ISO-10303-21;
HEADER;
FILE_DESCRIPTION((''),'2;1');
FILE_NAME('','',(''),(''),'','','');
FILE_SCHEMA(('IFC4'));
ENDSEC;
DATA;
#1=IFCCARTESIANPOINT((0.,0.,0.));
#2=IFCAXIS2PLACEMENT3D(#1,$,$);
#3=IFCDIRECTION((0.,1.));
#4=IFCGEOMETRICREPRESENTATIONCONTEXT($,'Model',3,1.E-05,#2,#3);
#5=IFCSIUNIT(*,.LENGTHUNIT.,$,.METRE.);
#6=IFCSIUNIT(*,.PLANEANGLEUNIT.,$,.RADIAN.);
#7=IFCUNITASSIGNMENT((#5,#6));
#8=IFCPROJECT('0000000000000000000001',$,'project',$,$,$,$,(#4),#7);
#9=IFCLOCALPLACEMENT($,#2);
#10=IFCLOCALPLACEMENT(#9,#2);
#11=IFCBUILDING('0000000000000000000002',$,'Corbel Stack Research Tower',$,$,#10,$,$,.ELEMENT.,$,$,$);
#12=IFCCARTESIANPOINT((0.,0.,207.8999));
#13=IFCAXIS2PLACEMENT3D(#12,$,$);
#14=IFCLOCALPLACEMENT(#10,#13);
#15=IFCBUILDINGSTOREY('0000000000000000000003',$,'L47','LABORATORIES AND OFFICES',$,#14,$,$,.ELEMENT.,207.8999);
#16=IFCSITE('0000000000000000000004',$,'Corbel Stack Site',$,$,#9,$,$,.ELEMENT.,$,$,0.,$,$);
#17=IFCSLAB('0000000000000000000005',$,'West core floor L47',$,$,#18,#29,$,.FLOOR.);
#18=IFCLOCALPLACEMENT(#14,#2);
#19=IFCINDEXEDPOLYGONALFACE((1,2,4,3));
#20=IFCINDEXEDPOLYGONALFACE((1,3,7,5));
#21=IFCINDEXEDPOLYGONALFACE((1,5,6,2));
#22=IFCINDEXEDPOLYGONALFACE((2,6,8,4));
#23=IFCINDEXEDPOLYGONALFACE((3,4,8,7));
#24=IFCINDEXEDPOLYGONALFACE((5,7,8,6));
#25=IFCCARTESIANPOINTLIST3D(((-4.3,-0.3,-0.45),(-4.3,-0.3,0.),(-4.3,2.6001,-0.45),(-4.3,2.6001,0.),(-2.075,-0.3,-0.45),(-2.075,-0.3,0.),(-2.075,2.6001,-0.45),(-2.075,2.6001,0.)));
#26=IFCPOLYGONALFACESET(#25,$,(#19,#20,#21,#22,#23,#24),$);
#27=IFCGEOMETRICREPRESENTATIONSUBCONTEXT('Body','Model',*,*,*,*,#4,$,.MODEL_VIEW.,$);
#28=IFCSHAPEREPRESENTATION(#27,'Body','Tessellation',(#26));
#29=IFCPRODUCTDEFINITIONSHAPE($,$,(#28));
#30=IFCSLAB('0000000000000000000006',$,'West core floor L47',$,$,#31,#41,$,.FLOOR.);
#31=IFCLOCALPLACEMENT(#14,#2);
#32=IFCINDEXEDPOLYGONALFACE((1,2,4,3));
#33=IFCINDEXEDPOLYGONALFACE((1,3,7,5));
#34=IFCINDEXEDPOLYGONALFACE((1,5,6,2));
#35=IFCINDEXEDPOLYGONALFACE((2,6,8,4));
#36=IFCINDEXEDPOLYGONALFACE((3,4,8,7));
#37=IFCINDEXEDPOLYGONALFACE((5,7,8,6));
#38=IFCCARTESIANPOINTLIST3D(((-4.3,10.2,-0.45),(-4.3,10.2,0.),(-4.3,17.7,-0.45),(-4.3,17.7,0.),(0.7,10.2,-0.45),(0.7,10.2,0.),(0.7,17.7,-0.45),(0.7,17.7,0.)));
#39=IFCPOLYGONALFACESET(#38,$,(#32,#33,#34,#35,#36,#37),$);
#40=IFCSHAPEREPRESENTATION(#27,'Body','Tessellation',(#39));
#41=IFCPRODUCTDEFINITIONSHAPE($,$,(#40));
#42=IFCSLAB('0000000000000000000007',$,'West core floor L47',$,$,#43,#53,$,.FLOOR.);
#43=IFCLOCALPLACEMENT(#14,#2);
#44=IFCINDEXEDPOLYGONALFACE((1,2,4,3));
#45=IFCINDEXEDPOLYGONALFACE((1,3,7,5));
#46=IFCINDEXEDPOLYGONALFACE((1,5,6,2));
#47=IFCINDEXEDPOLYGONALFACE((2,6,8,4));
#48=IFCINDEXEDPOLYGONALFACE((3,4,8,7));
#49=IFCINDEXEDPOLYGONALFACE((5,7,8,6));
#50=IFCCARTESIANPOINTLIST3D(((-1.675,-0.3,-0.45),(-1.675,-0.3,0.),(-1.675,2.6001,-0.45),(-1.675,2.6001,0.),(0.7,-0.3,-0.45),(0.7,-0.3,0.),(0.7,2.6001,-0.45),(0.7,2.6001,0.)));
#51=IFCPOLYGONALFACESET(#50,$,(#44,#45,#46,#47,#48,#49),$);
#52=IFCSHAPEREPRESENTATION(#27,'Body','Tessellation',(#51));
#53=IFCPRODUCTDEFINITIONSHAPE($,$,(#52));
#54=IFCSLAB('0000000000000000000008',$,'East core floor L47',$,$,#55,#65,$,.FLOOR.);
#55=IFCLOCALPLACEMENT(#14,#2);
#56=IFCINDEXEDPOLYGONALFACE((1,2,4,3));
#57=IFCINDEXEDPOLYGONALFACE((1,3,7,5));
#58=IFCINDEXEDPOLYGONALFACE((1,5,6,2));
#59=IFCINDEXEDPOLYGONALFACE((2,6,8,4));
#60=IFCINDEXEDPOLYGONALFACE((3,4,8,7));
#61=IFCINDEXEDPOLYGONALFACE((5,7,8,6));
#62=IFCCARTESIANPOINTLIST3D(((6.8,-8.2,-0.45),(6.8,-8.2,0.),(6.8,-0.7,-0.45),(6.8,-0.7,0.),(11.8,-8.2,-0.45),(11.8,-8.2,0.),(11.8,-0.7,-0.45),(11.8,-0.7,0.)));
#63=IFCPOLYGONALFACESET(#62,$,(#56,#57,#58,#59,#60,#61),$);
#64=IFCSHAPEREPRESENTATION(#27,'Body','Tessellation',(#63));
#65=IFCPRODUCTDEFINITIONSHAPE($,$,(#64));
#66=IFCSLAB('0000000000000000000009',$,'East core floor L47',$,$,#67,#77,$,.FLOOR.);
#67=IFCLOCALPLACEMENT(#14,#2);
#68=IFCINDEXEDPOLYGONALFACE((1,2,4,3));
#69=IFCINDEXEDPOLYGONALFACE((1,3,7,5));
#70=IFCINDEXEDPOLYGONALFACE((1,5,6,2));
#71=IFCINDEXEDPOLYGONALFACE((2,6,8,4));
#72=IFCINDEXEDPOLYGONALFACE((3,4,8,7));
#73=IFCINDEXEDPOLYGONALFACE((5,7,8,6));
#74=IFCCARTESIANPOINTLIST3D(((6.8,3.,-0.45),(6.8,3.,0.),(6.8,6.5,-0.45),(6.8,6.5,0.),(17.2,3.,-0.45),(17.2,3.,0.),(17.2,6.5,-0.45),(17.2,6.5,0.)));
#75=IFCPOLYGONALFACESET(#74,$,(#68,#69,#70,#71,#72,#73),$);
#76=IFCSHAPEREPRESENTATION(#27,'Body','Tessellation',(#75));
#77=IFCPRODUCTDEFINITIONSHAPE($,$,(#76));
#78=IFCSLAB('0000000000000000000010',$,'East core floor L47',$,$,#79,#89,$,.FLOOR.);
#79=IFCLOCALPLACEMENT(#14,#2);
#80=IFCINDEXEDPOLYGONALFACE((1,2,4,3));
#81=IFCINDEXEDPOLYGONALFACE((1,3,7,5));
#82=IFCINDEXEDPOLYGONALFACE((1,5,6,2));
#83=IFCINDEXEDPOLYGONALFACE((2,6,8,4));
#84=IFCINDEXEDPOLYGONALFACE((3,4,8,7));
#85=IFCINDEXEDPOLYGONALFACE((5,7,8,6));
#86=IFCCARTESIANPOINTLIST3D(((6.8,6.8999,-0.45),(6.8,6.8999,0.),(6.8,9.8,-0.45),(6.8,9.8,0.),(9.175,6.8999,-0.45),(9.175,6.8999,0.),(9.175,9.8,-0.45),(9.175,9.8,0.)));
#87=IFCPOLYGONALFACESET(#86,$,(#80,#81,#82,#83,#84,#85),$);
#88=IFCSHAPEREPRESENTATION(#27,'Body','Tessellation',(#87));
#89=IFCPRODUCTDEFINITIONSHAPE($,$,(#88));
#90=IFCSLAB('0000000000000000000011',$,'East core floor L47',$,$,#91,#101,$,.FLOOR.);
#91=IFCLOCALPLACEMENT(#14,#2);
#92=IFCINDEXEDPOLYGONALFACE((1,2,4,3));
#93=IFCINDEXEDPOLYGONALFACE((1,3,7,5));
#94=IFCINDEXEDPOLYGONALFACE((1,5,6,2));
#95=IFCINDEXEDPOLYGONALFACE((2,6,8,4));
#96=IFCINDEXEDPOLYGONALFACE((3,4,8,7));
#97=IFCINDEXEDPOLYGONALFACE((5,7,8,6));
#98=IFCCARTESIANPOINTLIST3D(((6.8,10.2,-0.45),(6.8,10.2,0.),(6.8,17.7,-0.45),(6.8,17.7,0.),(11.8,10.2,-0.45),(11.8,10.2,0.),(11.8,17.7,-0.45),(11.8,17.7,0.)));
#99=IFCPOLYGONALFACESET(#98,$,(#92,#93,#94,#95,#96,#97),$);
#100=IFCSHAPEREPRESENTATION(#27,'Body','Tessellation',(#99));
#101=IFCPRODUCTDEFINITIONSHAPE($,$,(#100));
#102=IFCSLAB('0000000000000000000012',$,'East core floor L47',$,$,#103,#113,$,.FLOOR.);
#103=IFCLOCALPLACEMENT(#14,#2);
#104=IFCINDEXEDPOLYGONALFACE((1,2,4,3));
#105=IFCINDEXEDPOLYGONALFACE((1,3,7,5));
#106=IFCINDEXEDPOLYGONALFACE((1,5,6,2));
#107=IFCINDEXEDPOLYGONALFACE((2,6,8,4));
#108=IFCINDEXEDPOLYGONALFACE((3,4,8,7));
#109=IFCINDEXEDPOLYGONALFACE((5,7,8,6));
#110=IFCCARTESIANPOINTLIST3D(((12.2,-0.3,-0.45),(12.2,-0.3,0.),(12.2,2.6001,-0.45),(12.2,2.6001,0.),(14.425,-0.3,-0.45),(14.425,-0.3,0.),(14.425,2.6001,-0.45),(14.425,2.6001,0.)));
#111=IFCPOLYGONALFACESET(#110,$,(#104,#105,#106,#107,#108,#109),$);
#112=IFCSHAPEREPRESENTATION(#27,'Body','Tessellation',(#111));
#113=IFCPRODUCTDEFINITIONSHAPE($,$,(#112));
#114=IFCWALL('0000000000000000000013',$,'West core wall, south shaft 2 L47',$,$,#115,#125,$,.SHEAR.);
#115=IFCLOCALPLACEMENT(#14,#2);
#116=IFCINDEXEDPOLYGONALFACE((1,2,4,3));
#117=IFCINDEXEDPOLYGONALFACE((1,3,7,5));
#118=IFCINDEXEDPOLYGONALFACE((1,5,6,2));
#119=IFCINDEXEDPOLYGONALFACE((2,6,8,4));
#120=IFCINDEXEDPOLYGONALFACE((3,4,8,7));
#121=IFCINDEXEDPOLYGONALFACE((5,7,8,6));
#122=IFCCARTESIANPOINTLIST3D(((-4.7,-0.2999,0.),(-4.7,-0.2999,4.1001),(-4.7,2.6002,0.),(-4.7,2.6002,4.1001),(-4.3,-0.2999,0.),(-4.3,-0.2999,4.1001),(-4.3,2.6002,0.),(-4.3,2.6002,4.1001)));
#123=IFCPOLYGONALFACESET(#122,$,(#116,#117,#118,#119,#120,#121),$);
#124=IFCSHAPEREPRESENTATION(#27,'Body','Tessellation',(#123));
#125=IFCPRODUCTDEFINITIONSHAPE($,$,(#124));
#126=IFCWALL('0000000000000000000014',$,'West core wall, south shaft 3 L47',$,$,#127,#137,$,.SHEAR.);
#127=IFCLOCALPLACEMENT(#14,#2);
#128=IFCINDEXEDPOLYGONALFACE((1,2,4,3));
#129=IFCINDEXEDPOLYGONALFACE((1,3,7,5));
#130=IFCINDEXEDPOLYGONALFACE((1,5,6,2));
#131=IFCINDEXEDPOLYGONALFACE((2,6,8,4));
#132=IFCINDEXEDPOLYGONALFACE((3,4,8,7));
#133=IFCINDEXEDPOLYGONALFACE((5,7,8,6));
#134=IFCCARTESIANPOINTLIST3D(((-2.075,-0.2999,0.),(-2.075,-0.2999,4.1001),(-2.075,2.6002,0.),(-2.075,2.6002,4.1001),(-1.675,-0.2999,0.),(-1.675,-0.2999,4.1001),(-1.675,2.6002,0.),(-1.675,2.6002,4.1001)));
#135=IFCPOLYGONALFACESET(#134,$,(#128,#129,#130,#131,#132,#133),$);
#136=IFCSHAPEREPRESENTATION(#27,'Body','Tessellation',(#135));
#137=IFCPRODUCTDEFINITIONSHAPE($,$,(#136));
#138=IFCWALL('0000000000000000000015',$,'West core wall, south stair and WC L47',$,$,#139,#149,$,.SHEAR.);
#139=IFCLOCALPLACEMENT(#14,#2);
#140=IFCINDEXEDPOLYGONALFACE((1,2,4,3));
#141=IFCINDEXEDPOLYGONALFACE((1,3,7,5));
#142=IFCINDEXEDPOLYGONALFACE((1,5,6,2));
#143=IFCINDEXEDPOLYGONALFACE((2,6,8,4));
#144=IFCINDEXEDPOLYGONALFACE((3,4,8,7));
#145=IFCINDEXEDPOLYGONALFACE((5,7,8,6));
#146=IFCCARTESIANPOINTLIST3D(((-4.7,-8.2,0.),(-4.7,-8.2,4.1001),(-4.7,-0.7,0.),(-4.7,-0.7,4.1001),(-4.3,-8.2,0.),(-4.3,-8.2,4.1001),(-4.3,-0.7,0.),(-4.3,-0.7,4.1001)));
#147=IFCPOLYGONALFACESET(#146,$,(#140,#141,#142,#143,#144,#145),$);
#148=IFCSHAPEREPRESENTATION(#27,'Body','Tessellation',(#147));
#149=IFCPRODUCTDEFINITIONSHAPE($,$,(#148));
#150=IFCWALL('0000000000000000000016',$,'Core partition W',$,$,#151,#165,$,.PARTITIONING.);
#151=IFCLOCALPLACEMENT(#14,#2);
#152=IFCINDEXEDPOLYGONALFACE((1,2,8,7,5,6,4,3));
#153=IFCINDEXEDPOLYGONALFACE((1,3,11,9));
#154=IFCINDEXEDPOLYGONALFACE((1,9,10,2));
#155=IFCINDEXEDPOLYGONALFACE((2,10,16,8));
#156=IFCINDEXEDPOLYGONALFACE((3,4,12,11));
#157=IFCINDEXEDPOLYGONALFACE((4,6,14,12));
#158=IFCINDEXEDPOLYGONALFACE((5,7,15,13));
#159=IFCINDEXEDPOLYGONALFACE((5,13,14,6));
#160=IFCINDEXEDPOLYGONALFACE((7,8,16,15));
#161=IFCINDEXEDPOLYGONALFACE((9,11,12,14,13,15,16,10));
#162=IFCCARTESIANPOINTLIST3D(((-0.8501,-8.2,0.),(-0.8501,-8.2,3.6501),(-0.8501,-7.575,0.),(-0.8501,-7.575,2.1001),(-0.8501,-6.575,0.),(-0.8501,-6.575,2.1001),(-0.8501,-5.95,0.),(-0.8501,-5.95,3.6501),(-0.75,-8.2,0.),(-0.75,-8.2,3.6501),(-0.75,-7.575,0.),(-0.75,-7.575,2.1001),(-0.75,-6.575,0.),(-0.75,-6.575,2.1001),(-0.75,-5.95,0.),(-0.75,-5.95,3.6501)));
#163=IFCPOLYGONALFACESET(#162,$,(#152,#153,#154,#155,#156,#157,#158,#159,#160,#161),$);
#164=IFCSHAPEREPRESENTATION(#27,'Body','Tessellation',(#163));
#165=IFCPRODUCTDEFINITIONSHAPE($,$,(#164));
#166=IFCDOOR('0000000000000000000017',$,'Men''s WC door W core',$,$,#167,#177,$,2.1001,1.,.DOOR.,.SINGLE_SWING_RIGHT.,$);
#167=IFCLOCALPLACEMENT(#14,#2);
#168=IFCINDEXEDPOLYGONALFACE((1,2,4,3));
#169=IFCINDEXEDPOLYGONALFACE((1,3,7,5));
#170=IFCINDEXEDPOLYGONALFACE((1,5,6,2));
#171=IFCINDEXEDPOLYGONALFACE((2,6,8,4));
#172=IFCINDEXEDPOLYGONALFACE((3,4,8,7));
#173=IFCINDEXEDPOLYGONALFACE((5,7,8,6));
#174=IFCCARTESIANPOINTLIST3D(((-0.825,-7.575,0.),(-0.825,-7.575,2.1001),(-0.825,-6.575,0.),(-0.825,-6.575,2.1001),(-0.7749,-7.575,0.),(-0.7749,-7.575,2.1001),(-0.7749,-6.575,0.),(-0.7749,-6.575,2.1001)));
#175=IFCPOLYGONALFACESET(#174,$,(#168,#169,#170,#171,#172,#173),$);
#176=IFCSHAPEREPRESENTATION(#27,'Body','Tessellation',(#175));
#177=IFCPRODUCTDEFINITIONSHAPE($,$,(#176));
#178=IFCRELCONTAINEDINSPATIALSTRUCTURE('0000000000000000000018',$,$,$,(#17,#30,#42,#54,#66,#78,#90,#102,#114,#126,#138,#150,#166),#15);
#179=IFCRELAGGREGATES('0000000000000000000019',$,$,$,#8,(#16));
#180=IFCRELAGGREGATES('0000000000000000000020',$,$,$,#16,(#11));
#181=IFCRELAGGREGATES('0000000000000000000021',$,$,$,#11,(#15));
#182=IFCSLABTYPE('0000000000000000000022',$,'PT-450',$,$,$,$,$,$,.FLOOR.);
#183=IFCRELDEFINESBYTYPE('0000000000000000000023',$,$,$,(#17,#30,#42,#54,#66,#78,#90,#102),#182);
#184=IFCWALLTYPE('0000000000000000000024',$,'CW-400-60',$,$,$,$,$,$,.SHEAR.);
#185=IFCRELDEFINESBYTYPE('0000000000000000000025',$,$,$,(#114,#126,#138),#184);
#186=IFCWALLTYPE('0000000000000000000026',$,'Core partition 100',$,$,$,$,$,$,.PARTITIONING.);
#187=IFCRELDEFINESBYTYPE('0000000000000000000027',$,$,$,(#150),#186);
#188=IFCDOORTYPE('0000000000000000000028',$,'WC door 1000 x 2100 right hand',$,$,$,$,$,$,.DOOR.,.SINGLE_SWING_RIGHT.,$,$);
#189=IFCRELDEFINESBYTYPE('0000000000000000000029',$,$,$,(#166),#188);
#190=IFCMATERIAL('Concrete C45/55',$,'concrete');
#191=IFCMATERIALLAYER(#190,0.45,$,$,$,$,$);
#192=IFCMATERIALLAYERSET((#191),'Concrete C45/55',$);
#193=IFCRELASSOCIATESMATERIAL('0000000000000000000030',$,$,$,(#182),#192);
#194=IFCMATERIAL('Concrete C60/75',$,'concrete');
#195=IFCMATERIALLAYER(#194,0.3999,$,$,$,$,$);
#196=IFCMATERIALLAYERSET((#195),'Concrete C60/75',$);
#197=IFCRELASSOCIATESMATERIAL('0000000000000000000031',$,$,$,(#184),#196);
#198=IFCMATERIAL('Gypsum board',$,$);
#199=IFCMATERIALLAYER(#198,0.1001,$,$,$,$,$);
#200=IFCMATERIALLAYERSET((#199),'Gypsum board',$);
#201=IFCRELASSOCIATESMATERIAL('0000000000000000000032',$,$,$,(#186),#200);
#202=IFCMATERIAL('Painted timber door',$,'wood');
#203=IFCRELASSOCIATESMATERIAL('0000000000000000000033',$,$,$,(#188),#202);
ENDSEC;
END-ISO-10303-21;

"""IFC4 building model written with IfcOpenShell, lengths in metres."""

from ifc_helpers import new_model, si_unit, direction, frame, frame_2d, origin, place, context, subcontext, project, spatial, polyline, rectangle, outline, extrude, material, layer, layer_set, type_object, element, fill, save


model = new_model("IFC4")

# Units and contexts
model_context = context("Model", 3, precision=1e-05, world=origin(), true_north=direction((0.0, 1.0)))
body_context = subcontext(model_context, "Body", "Model", "MODEL_VIEW")
ifc_project = project(units=[si_unit("LENGTHUNIT", "METRE"), si_unit("PLANEANGLEUNIT", "RADIAN")], contexts=[model_context])

# Site, building, storey
site_placement = place(None, origin())
site = spatial("IfcSite", under=ifc_project, at=site_placement, Name="Corbel Stack Site", CompositionType="ELEMENT", RefElevation=0.0)
building_placement = place(site_placement, origin())
building = spatial("IfcBuilding", under=site, at=building_placement, Name="Corbel Stack Research Tower", CompositionType="ELEMENT")
storey_placement = place(building_placement, frame((0.0, 0.0, 207.8999)))
storey = spatial("IfcBuildingStorey", under=building, at=storey_placement, Name="L47", Description="LABORATORIES AND OFFICES", CompositionType="ELEMENT", Elevation=207.8999)

# Slabs
ifc_material_1 = material(Name="Concrete C45/55", Category="concrete")
ifc_layer_1 = layer(ifc_material_1, 0.45)
ifc_layer_set_1 = layer_set([ifc_layer_1], Name="Concrete C45/55")
slab_type = type_object("IfcSlabType", Name="PT-450", PredefinedType="FLOOR", material=ifc_layer_set_1)
slab_1_placement = place(storey_placement, frame((0.0, 0.0, -0.45)))
element("IfcSlab", 1, at=slab_1_placement, inside=storey, type_object=slab_type, Name="West core floor L47", PredefinedType="FLOOR", context=body_context, shape_type="SweptSolid", body=[
    extrude(outline(polyline([(-2.075, -0.3), (-2.075, 2.6001), (-4.3, 2.6001), (-4.3, -0.3), (-2.075, -0.3)])), origin(), (0.0, 0.0, 1.0), 0.45),
])
slab_2_placement = place(storey_placement, frame((0.0, 0.0, -0.45)))
element("IfcSlab", 2, at=slab_2_placement, inside=storey, type_object=slab_type, Name="West core floor L47", PredefinedType="FLOOR", context=body_context, shape_type="SweptSolid", body=[
    extrude(outline(polyline([(0.7, 17.7), (-4.3, 17.7), (-4.3, 10.2), (0.7, 10.2), (0.7, 17.7)])), origin(), (0.0, 0.0, 1.0), 0.45),
])
slab_3_placement = place(storey_placement, frame((0.0, 0.0, -0.45)))
element("IfcSlab", 3, at=slab_3_placement, inside=storey, type_object=slab_type, Name="West core floor L47", PredefinedType="FLOOR", context=body_context, shape_type="SweptSolid", body=[
    extrude(outline(polyline([(0.7, -0.3), (0.7, 2.6001), (-1.675, 2.6001), (-1.675, -0.3), (0.7, -0.3)])), origin(), (0.0, 0.0, 1.0), 0.45),
])
slab_4_placement = place(storey_placement, frame((0.0, 0.0, -0.45)))
element("IfcSlab", 4, at=slab_4_placement, inside=storey, type_object=slab_type, Name="East core floor L47", PredefinedType="FLOOR", context=body_context, shape_type="SweptSolid", body=[
    extrude(outline(polyline([(6.8, -0.7), (6.8, -8.2), (11.8, -8.2), (11.8, -0.7), (6.8, -0.7)])), origin(), (0.0, 0.0, 1.0), 0.45),
])
slab_5_placement = place(storey_placement, frame((0.0, 0.0, -0.45)))
element("IfcSlab", 5, at=slab_5_placement, inside=storey, type_object=slab_type, Name="East core floor L47", PredefinedType="FLOOR", context=body_context, shape_type="SweptSolid", body=[
    extrude(outline(polyline([(17.2, 6.5), (6.8, 6.5), (6.8, 3.0), (17.2, 3.0), (17.2, 6.5)])), origin(), (0.0, 0.0, 1.0), 0.45),
])
slab_6_placement = place(storey_placement, frame((0.0, 0.0, -0.45)))
element("IfcSlab", 6, at=slab_6_placement, inside=storey, type_object=slab_type, Name="East core floor L47", PredefinedType="FLOOR", context=body_context, shape_type="SweptSolid", body=[
    extrude(outline(polyline([(6.8, 6.8999), (9.175, 6.8999), (9.175, 9.8), (6.8, 9.8), (6.8, 6.8999)])), origin(), (0.0, 0.0, 1.0), 0.45),
])
slab_7_placement = place(storey_placement, frame((0.0, 0.0, -0.45)))
element("IfcSlab", 7, at=slab_7_placement, inside=storey, type_object=slab_type, Name="East core floor L47", PredefinedType="FLOOR", context=body_context, shape_type="SweptSolid", body=[
    extrude(outline(polyline([(6.8, 17.7), (6.8, 10.2), (11.8, 10.2), (11.8, 17.7), (6.8, 17.7)])), origin(), (0.0, 0.0, 1.0), 0.45),
])
slab_8_placement = place(storey_placement, frame((0.0, 0.0, -0.45)))
element("IfcSlab", 8, at=slab_8_placement, inside=storey, type_object=slab_type, Name="East core floor L47", PredefinedType="FLOOR", context=body_context, shape_type="SweptSolid", body=[
    extrude(outline(polyline([(14.425, -0.3), (14.425, 2.6001), (12.2, 2.6001), (12.2, -0.3), (14.425, -0.3)])), origin(), (0.0, 0.0, 1.0), 0.45),
])

# Walls
ifc_material_2 = material(Name="Concrete C60/75", Category="concrete")
ifc_layer_2 = layer(ifc_material_2, 0.3999)
ifc_layer_set_2 = layer_set([ifc_layer_2], Name="Concrete C60/75")
wall_type_1 = type_object("IfcWallType", Name="CW-400-60", PredefinedType="SHEAR", material=ifc_layer_set_2)
for number, where, z_axis, x_axis, name in (
    (9, (-4.5, -0.3, 0.0), (0.0, 0.0, 1.0), (0.0, 1.0, 0.0), "West core wall, south shaft 2 L47"),
    (10, (-1.875, -0.3, 0.0), (0.0, 0.0, 1.0), (0.0, 1.0, 0.0), "West core wall, south shaft 3 L47"),
):
    element("IfcWall", number, at=place(storey_placement, frame(where, z_axis=z_axis, x_axis=x_axis)), inside=storey, type_object=wall_type_1, Name=name, PredefinedType="SHEAR", context=body_context, shape_type="SweptSolid", body=[
        extrude(rectangle(XDim=2.9001, YDim=0.3999, at=frame_2d((1.4502, 0.0))), origin(), (0.0, 0.0, 1.0), 4.1001),
    ])
wall_1_placement = place(storey_placement, frame((-4.5, -8.2, 0.0), z_axis=(0.0, 0.0, 1.0), x_axis=(0.0, 1.0, 0.0)))
element("IfcWall", 11, at=wall_1_placement, inside=storey, type_object=wall_type_1, Name="West core wall, south stair and WC L47", PredefinedType="SHEAR", context=body_context, shape_type="SweptSolid", body=[
    extrude(rectangle(XDim=7.5, YDim=0.3999, at=frame_2d((3.75, 0.0))), origin(), (0.0, 0.0, 1.0), 4.1001),
])

# Wall, opening, door
ifc_material_3 = material(Name="Gypsum board")
ifc_layer_3 = layer(ifc_material_3, 0.1001)
ifc_layer_set_3 = layer_set([ifc_layer_3], Name="Gypsum board")
wall_type_2 = type_object("IfcWallType", Name="Core partition 100", PredefinedType="PARTITIONING", material=ifc_layer_set_3)
wall_2_placement = place(storey_placement, frame((-0.8, -8.2, 0.0), z_axis=(0.0, 0.0, 1.0), x_axis=(0.0, 1.0, 0.0)))
wall_2 = element("IfcWall", 12, at=wall_2_placement, inside=storey, type_object=wall_type_2, Name="Core partition W", PredefinedType="PARTITIONING", context=body_context, shape_type="SweptSolid", body=[
    extrude(rectangle(XDim=2.25, YDim=0.1001, at=frame_2d((1.125, 0.0))), origin(), (0.0, 0.0, 1.0), 3.6501),
])
opening_1_placement = place(wall_2_placement, frame((0.625, 0.0, 0.0)))
opening_1 = element("IfcOpeningElement", 13, at=opening_1_placement, cuts=wall_2, PredefinedType="OPENING", context=body_context, shape_type="SweptSolid", body=[
    extrude(rectangle(XDim=1.0, YDim=2.1001, at=frame_2d((0.5, 1.05))), frame((0.0, 0.0601, 0.0), z_axis=(0.0, -1.0, 0.0), x_axis=(1.0, 0.0, 0.0)), (0.0, 0.0, 1.0), 0.1201),
])
ifc_material_4 = material(Name="Painted timber door", Category="wood")
door_type_1 = type_object("IfcDoorType", Name="WC door 1000 x 2100 right hand", OperationType="SINGLE_SWING_RIGHT", PredefinedType="DOOR", material=ifc_material_4)
door_1_placement = place(opening_1_placement, origin())
door_1 = element("IfcDoor", 14, at=door_1_placement, inside=storey, type_object=door_type_1, Name="Men's WC door W core", OperationType="SINGLE_SWING_RIGHT", OverallHeight=2.1001, OverallWidth=1.0, PredefinedType="DOOR", context=body_context, shape_type="SweptSolid", body=[
    extrude(rectangle(XDim=1.0, YDim=2.1001, at=frame_2d((0.5, 1.05))), frame((0.0, 0.0249, 0.0), z_axis=(0.0, -1.0, 0.0), x_axis=(1.0, 0.0, 0.0)), (0.0, 0.0, 1.0), 0.05),
])
fill(opening_1, door_1)

save(model, "model.ifc")
